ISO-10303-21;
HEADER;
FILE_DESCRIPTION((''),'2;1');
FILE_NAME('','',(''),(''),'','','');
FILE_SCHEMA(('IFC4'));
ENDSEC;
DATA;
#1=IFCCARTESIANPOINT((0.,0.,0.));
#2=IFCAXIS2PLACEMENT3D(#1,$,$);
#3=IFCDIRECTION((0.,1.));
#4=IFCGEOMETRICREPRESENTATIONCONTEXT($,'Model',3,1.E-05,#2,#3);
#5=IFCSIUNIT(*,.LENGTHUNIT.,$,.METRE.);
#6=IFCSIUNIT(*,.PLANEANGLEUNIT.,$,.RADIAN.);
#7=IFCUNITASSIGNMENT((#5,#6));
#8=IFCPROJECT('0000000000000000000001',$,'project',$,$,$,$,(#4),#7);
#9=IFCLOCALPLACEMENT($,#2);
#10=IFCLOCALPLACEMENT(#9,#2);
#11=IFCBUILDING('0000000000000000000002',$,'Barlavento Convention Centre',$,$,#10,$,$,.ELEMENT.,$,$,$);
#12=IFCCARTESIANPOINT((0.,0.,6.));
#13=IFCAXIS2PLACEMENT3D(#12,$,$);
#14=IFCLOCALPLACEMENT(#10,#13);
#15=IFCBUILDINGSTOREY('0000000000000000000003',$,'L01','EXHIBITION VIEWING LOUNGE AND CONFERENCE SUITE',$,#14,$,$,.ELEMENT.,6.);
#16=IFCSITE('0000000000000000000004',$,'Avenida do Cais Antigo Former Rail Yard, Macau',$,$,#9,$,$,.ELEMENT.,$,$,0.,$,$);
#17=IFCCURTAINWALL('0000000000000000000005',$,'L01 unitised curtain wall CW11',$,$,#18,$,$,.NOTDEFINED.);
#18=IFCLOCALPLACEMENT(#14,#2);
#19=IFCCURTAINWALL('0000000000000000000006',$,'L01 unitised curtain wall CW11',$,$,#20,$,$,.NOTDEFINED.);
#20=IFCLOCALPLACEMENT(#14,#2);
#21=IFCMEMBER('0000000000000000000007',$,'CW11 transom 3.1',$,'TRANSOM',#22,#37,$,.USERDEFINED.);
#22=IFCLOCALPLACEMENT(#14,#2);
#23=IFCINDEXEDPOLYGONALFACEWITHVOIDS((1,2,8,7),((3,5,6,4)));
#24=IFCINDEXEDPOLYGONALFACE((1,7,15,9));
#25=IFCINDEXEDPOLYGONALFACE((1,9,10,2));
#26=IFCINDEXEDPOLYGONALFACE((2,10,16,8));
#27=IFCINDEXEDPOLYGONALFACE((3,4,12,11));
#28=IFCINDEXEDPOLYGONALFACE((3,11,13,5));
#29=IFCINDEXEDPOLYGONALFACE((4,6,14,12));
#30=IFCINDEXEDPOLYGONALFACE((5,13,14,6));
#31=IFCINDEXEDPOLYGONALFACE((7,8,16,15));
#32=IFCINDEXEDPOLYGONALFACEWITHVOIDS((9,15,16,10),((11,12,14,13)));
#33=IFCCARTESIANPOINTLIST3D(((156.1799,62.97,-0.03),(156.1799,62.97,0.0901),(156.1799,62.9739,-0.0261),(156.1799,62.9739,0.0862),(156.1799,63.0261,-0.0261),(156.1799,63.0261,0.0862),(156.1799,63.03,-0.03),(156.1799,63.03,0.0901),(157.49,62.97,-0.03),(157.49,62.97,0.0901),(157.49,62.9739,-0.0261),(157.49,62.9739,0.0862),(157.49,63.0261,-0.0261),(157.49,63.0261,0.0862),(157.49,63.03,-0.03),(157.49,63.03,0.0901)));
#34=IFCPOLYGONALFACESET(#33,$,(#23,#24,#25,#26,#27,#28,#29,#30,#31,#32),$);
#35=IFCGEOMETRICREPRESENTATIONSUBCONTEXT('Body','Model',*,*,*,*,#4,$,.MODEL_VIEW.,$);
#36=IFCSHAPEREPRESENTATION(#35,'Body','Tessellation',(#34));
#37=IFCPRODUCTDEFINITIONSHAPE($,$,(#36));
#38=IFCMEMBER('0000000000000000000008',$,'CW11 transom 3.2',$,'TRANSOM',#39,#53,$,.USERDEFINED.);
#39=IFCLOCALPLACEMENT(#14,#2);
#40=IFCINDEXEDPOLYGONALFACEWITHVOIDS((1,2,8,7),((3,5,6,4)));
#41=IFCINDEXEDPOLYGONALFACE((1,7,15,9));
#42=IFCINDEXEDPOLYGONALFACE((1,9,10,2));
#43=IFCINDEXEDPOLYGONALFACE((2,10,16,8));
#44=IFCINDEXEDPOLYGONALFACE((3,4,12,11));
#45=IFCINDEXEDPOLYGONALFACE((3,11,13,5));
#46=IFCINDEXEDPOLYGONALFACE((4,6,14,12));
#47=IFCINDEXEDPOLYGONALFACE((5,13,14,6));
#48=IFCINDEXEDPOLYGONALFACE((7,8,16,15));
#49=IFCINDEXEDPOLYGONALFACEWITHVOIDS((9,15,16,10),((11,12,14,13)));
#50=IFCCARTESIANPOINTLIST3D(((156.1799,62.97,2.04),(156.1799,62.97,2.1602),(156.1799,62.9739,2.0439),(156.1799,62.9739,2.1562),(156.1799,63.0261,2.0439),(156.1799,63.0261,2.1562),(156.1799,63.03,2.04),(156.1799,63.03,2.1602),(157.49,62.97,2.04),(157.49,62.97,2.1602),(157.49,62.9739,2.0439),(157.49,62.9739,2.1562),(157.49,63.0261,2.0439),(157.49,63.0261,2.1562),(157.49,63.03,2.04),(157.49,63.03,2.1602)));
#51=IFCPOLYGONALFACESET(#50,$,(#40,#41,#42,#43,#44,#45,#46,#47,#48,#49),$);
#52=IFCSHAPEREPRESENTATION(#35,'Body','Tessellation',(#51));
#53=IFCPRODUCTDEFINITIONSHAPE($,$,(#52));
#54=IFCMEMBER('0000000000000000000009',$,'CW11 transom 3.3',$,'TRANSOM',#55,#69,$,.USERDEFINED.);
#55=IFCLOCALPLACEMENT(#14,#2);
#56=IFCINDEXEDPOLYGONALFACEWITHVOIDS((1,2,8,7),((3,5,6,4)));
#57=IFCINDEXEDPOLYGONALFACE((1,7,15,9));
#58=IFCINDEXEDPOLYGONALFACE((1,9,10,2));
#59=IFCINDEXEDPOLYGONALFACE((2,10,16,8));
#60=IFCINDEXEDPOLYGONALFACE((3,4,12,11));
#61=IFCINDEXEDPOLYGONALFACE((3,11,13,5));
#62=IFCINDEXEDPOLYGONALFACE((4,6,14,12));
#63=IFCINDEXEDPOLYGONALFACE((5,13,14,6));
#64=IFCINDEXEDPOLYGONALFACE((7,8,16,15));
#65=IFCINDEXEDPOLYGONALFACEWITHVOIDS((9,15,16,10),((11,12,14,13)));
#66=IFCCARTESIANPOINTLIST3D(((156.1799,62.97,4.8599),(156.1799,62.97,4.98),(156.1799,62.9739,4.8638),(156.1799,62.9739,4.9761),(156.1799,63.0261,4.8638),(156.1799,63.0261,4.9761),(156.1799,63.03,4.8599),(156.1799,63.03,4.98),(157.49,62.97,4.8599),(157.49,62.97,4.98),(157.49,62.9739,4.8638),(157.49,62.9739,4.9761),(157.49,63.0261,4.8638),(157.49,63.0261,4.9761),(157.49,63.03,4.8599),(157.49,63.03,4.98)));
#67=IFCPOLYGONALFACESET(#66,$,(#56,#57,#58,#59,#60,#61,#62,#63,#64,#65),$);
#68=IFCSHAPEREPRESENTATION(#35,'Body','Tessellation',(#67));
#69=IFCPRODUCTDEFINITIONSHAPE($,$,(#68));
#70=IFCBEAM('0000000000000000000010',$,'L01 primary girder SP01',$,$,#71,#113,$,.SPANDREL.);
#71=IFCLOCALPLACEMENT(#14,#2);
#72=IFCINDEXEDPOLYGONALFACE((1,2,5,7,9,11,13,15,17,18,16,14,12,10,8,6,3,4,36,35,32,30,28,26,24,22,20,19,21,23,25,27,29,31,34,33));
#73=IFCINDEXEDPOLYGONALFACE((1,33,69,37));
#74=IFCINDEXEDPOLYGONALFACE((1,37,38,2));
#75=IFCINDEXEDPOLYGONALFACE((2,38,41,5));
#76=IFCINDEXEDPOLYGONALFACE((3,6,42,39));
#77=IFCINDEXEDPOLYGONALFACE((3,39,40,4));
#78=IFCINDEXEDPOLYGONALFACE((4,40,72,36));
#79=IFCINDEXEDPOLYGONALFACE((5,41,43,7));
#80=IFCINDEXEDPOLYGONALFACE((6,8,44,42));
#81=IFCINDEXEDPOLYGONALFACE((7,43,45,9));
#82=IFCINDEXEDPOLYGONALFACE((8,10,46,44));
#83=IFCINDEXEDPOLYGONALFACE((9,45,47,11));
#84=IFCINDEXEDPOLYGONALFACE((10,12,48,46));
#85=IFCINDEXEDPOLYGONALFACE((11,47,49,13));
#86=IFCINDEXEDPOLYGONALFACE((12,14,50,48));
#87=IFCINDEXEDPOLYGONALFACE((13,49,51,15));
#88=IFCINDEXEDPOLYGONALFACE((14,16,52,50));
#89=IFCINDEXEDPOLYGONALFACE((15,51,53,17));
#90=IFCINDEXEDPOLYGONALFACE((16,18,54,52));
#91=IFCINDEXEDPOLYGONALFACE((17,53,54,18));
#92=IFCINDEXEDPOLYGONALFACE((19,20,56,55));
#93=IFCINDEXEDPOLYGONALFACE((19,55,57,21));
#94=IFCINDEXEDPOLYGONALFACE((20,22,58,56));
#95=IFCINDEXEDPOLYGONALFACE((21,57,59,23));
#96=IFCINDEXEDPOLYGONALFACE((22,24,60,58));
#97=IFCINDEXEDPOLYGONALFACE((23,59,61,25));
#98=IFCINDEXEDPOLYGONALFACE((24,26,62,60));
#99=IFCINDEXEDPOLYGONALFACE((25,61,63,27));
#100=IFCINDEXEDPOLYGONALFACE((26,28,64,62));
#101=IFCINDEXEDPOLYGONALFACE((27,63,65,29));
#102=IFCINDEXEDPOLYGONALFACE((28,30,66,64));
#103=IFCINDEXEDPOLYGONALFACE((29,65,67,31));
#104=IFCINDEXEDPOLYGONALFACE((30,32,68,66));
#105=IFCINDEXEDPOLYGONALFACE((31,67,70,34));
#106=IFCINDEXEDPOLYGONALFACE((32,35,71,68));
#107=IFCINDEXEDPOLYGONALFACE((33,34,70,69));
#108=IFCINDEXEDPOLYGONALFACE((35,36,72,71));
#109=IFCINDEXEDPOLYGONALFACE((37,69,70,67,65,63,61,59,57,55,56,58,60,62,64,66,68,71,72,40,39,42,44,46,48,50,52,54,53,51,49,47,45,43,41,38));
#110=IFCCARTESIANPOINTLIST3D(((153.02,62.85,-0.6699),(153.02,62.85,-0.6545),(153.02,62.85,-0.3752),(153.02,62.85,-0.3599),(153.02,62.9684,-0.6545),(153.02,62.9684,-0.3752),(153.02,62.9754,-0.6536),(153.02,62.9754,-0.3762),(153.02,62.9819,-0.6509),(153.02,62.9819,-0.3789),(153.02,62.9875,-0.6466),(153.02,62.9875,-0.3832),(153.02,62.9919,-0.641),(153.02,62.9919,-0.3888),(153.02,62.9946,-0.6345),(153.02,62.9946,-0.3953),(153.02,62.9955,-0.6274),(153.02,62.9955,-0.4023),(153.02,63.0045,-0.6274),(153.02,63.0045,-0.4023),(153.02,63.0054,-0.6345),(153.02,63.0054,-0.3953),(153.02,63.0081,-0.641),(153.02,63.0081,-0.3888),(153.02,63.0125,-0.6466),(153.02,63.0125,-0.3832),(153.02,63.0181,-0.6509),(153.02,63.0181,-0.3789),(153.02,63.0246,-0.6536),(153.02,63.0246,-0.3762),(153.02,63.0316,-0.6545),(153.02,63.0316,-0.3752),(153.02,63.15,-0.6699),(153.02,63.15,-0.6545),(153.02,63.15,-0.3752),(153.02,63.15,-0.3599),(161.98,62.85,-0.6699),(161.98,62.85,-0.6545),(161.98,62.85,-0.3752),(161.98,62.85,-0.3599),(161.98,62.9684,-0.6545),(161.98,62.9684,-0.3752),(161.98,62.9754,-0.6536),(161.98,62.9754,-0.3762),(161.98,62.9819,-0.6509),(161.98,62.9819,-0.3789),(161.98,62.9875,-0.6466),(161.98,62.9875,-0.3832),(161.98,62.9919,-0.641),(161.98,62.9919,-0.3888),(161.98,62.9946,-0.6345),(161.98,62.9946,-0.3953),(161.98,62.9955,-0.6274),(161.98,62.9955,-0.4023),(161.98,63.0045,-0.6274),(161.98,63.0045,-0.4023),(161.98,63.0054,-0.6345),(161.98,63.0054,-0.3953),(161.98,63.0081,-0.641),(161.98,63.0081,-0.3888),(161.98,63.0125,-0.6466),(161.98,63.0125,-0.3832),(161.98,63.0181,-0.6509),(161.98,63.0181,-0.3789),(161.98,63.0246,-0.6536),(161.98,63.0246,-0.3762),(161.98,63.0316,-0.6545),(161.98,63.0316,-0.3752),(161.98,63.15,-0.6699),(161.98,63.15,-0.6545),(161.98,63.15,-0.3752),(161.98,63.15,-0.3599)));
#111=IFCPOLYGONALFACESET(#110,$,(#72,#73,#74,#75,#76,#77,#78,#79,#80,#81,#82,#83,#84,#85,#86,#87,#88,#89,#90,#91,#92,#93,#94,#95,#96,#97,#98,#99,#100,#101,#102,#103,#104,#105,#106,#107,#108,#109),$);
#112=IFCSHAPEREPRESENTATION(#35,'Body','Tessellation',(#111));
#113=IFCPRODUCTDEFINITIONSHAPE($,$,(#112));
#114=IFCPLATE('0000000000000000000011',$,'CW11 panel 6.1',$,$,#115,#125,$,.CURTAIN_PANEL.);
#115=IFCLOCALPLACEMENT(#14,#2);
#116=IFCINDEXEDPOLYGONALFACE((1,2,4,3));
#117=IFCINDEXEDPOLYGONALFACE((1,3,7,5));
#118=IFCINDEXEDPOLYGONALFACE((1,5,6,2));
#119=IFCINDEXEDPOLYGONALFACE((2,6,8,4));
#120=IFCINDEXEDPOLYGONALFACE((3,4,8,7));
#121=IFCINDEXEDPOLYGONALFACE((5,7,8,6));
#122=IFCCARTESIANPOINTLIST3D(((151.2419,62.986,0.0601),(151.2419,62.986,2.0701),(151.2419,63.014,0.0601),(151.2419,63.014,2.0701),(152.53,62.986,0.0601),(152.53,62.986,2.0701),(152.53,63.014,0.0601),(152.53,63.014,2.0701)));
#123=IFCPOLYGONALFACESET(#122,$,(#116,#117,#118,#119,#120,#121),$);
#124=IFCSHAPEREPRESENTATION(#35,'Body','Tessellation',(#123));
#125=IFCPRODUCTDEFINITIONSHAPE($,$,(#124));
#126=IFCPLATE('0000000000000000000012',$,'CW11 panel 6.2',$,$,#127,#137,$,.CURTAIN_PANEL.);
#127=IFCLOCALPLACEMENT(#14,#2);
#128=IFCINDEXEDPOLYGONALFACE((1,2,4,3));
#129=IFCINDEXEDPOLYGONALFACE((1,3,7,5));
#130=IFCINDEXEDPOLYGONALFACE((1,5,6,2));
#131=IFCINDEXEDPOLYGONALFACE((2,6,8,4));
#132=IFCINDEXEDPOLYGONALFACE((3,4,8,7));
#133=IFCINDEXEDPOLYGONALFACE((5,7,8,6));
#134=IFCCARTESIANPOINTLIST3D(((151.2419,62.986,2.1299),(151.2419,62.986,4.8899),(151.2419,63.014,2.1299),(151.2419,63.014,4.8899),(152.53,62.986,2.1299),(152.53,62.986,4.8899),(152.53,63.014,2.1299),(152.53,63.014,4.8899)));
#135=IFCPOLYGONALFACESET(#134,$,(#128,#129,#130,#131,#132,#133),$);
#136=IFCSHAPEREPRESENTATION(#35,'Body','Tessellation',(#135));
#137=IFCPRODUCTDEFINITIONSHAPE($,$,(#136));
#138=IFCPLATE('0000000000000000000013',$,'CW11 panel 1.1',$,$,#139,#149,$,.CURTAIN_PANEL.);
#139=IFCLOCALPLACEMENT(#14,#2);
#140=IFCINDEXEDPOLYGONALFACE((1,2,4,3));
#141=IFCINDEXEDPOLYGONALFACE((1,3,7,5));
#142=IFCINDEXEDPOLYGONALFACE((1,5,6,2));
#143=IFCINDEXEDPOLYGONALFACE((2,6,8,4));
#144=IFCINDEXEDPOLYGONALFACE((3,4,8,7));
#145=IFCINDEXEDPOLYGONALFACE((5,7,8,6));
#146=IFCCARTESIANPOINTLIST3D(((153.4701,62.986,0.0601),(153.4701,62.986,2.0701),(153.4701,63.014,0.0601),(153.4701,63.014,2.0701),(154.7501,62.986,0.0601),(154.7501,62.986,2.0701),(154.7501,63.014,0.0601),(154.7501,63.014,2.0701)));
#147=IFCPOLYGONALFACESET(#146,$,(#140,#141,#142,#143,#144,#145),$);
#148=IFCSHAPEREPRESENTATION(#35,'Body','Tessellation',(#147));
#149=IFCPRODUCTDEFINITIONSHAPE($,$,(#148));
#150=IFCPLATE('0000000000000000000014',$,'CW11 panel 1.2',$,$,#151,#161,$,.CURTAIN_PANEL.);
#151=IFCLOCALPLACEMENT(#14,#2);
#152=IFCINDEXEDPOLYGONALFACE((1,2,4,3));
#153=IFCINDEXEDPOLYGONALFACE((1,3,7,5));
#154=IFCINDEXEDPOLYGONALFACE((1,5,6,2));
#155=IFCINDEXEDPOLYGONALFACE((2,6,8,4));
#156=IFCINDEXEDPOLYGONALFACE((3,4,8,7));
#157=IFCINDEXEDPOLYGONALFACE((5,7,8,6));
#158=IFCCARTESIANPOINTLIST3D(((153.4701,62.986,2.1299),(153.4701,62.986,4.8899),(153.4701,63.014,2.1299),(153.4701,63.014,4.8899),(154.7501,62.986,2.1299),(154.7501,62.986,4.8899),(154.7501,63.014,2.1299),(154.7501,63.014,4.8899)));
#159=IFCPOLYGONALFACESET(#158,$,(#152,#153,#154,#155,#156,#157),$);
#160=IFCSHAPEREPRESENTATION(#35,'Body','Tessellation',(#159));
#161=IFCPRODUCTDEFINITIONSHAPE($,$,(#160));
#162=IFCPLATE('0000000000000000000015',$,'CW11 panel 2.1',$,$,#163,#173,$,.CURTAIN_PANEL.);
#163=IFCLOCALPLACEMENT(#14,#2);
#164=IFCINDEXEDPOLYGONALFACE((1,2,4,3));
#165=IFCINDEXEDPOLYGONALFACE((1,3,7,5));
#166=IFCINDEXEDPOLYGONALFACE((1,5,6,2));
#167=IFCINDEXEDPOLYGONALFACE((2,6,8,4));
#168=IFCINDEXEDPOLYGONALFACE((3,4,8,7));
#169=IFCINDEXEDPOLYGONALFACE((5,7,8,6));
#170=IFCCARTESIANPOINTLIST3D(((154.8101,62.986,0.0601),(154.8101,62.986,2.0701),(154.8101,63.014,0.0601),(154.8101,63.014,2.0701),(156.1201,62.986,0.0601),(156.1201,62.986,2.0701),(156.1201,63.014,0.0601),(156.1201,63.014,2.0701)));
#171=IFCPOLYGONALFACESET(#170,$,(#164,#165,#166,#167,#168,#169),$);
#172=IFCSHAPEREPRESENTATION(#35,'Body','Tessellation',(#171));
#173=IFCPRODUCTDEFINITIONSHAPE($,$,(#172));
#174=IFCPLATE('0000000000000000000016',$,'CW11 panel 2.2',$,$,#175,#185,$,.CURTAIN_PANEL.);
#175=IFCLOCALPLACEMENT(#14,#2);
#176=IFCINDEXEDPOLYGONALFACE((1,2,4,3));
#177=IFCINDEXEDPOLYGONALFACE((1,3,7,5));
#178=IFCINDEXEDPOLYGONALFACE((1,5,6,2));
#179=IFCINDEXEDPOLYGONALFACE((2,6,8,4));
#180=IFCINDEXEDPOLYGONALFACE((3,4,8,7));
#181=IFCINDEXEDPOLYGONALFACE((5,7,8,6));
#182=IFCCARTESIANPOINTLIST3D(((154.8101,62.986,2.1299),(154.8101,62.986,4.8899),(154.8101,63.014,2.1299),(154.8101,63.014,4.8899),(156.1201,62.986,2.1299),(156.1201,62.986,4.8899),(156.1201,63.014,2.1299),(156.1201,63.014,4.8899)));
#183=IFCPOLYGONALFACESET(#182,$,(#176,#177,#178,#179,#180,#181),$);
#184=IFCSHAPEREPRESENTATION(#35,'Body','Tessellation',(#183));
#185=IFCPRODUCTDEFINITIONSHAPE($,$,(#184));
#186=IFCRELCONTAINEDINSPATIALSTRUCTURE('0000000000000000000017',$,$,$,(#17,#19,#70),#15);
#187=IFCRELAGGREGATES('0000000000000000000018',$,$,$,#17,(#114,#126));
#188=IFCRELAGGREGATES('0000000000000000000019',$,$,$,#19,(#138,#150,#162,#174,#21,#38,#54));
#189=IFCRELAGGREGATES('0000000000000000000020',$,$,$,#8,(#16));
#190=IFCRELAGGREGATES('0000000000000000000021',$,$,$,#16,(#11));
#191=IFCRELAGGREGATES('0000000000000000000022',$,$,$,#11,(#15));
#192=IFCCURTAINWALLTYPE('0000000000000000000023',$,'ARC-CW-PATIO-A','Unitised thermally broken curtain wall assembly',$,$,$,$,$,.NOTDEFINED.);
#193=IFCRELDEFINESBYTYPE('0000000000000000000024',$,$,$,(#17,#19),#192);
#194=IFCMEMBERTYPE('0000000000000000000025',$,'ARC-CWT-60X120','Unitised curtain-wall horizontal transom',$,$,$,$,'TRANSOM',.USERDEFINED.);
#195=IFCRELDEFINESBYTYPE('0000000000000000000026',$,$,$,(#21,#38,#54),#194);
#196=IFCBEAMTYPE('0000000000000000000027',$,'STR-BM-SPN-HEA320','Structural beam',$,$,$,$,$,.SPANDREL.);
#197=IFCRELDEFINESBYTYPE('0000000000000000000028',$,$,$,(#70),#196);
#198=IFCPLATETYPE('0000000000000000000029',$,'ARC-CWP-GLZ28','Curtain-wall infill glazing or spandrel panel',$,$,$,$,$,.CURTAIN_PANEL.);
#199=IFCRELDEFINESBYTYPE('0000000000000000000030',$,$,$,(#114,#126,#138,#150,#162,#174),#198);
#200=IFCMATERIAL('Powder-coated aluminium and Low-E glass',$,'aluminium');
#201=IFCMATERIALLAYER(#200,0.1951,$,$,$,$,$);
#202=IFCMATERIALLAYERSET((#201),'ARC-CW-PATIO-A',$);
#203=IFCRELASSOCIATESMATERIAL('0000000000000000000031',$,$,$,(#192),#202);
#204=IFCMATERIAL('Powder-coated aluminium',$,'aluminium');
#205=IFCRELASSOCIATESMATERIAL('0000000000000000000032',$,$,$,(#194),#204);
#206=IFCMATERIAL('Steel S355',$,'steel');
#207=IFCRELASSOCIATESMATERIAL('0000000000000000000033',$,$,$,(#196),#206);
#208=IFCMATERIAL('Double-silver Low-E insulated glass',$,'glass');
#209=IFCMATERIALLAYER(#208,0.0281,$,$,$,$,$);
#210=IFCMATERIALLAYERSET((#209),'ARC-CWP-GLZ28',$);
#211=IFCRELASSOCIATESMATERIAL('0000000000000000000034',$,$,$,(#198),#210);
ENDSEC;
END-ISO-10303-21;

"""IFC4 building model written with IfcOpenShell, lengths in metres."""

from ifc_helpers import new_model, si_unit, direction, frame, origin, origin_2d, place, context, subcontext, project, spatial, rectangle, hollow_rectangle, i_section, extrude, material, layer, layer_set, material_profile, profile_set, type_object, element, aggregate, save


model = new_model("IFC4")

# Units and contexts
model_context = context("Model", 3, precision=1e-05, world=origin(), true_north=direction((0.0, 1.0)))
body_context = subcontext(model_context, "Body", "Model", "MODEL_VIEW")
ifc_project = project(units=[si_unit("LENGTHUNIT", "METRE"), si_unit("PLANEANGLEUNIT", "RADIAN")], contexts=[model_context])

# Site, building, storey
site_placement = place(None, origin())
site = spatial("IfcSite", under=ifc_project, at=site_placement, Name="Avenida do Cais Antigo Former Rail Yard, Macau", CompositionType="ELEMENT", RefElevation=0.0)
building_placement = place(site_placement, origin())
building = spatial("IfcBuilding", under=site, at=building_placement, Name="Barlavento Convention Centre", CompositionType="ELEMENT")
storey_placement = place(building_placement, frame((0.0, 0.0, 6.0)))
storey = spatial("IfcBuildingStorey", under=building, at=storey_placement, Name="L01", Description="EXHIBITION VIEWING LOUNGE AND CONFERENCE SUITE", CompositionType="ELEMENT", Elevation=6.0)

# Curtain wall
ifc_material_1 = material(Name="Powder-coated aluminium and Low-E glass", Category="aluminium")
ifc_layer_1 = layer(ifc_material_1, 0.1951)
ifc_layer_set_1 = layer_set([ifc_layer_1], Name="ARC-CW-PATIO-A")
curtain_wall_type = type_object("IfcCurtainWallType", Name="ARC-CW-PATIO-A", Description="Unitised thermally broken curtain wall assembly", PredefinedType="NOTDEFINED", material=ifc_layer_set_1)
curtain_wall_1_placement = place(storey_placement, origin())
curtain_wall_1 = element("IfcCurtainWall", 1, at=curtain_wall_1_placement, inside=storey, type_object=curtain_wall_type, Name="L01 unitised curtain wall CW11", PredefinedType="NOTDEFINED")
ifc_material_2 = material(Name="Powder-coated aluminium", Category="aluminium")

# Curtain wall, members
curtain_wall_2_placement = place(storey_placement, origin())
curtain_wall_2 = element("IfcCurtainWall", 2, at=curtain_wall_2_placement, inside=storey, type_object=curtain_wall_type, Name="L01 unitised curtain wall CW11", PredefinedType="NOTDEFINED")
ifc_material_profile_1 = material_profile(ifc_material_2, hollow_rectangle(XDim=0.0601, YDim=0.1201, WallThickness=0.0039, at=origin_2d()), Name="AL-TRAN 60x120x4")
ifc_profile_set_1 = profile_set([ifc_material_profile_1], Name="Powder-coated aluminium")
member_type_1 = type_object("IfcMemberType", Name="ARC-CWT-60X120", Description="Unitised curtain-wall horizontal transom", ElementType="TRANSOM", PredefinedType="USERDEFINED", material=ifc_profile_set_1)
member_1_placement = place(storey_placement, frame((156.1799, 63.0, 0.03), z_axis=(1.0, 0.0, 0.0), x_axis=(0.0, 1.0, 0.0)))
member_1 = element("IfcMember", 3, at=member_1_placement, type_object=member_type_1, Name="CW11 transom 3.1", ObjectType="TRANSOM", PredefinedType="USERDEFINED", context=body_context, shape_type="SweptSolid", body=[
    extrude(hollow_rectangle(XDim=0.0601, YDim=0.1201, WallThickness=0.0039, at=origin_2d()), origin(), (0.0, 0.0, 1.0), 1.3101),
])
member_2_placement = place(storey_placement, frame((156.1799, 63.0, 2.1001), z_axis=(1.0, 0.0, 0.0), x_axis=(0.0, 1.0, 0.0)))
member_2 = element("IfcMember", 4, at=member_2_placement, type_object=member_type_1, Name="CW11 transom 3.2", ObjectType="TRANSOM", PredefinedType="USERDEFINED", context=body_context, shape_type="SweptSolid", body=[
    extrude(hollow_rectangle(XDim=0.0601, YDim=0.1201, WallThickness=0.0039, at=origin_2d()), origin(), (0.0, 0.0, 1.0), 1.3101),
])
member_3_placement = place(storey_placement, frame((156.1799, 63.0, 4.9199), z_axis=(1.0, 0.0, 0.0), x_axis=(0.0, 1.0, 0.0)))
member_3 = element("IfcMember", 5, at=member_3_placement, type_object=member_type_1, Name="CW11 transom 3.3", ObjectType="TRANSOM", PredefinedType="USERDEFINED", context=body_context, shape_type="SweptSolid", body=[
    extrude(hollow_rectangle(XDim=0.0601, YDim=0.1201, WallThickness=0.0039, at=origin_2d()), origin(), (0.0, 0.0, 1.0), 1.3101),
])

# Beam
ifc_material_3 = material(Name="Steel S355", Category="steel")
ifc_material_profile_2 = material_profile(ifc_material_3, i_section(OverallWidth=0.3, OverallDepth=0.3101, WebThickness=0.009, FlangeThickness=0.0154, FilletRadius=0.0271, at=origin_2d()), Name="HEA 320")
ifc_profile_set_2 = profile_set([ifc_material_profile_2], Name="Steel S355")
beam_type = type_object("IfcBeamType", Name="STR-BM-SPN-HEA320", Description="Structural beam", PredefinedType="SPANDREL", material=ifc_profile_set_2)
beam_placement = place(storey_placement, frame((153.02, 63.0, -0.5149), z_axis=(1.0, 0.0, 0.0), x_axis=(0.0, 1.0, 0.0)))
element("IfcBeam", 6, at=beam_placement, inside=storey, type_object=beam_type, Name="L01 primary girder SP01", PredefinedType="SPANDREL", context=body_context, shape_type="SweptSolid", body=[
    extrude(i_section(OverallWidth=0.3, OverallDepth=0.3101, WebThickness=0.009, FlangeThickness=0.0154, FilletRadius=0.0271, at=origin_2d()), origin(), (0.0, 0.0, 1.0), 8.96),
])

# Plates
ifc_material_4 = material(Name="Double-silver Low-E insulated glass", Category="glass")
ifc_layer_2 = layer(ifc_material_4, 0.0281)
ifc_layer_set_2 = layer_set([ifc_layer_2], Name="ARC-CWP-GLZ28")
plate_type = type_object("IfcPlateType", Name="ARC-CWP-GLZ28", Description="Curtain-wall infill glazing or spandrel panel", PredefinedType="CURTAIN_PANEL", material=ifc_layer_set_2)
plate_1_placement = place(storey_placement, frame((151.886, 63.0, 0.0601), z_axis=(0.0, 0.0, 1.0), x_axis=(1.0, 0.0, 0.0)))
plate_1 = element("IfcPlate", 7, at=plate_1_placement, type_object=plate_type, Name="CW11 panel 6.1", PredefinedType="CURTAIN_PANEL", context=body_context, shape_type="SweptSolid", body=[
    extrude(rectangle(XDim=1.2881, YDim=0.0281, at=origin_2d()), origin(), (0.0, 0.0, 1.0), 2.01),
])
plate_2_placement = place(storey_placement, frame((151.886, 63.0, 2.1299), z_axis=(0.0, 0.0, 1.0), x_axis=(1.0, 0.0, 0.0)))
plate_2 = element("IfcPlate", 8, at=plate_2_placement, type_object=plate_type, Name="CW11 panel 6.2", PredefinedType="CURTAIN_PANEL", context=body_context, shape_type="SweptSolid", body=[
    extrude(rectangle(XDim=1.2881, YDim=0.0281, at=origin_2d()), origin(), (0.0, 0.0, 1.0), 2.76),
])
aggregate(curtain_wall_1, [plate_1, plate_2])
plate_3_placement = place(storey_placement, frame((154.1101, 63.0, 0.0601), z_axis=(0.0, 0.0, 1.0), x_axis=(1.0, 0.0, 0.0)))
plate_3 = element("IfcPlate", 9, at=plate_3_placement, type_object=plate_type, Name="CW11 panel 1.1", PredefinedType="CURTAIN_PANEL", context=body_context, shape_type="SweptSolid", body=[
    extrude(rectangle(XDim=1.28, YDim=0.0281, at=origin_2d()), origin(), (0.0, 0.0, 1.0), 2.01),
])
plate_4_placement = place(storey_placement, frame((154.1101, 63.0, 2.1299), z_axis=(0.0, 0.0, 1.0), x_axis=(1.0, 0.0, 0.0)))
plate_4 = element("IfcPlate", 10, at=plate_4_placement, type_object=plate_type, Name="CW11 panel 1.2", PredefinedType="CURTAIN_PANEL", context=body_context, shape_type="SweptSolid", body=[
    extrude(rectangle(XDim=1.28, YDim=0.0281, at=origin_2d()), origin(), (0.0, 0.0, 1.0), 2.76),
])
plate_5_placement = place(storey_placement, frame((155.4651, 63.0, 0.0601), z_axis=(0.0, 0.0, 1.0), x_axis=(1.0, 0.0, 0.0)))
plate_5 = element("IfcPlate", 11, at=plate_5_placement, type_object=plate_type, Name="CW11 panel 2.1", PredefinedType="CURTAIN_PANEL", context=body_context, shape_type="SweptSolid", body=[
    extrude(rectangle(XDim=1.3101, YDim=0.0281, at=origin_2d()), origin(), (0.0, 0.0, 1.0), 2.01),
])
plate_6_placement = place(storey_placement, frame((155.4651, 63.0, 2.1299), z_axis=(0.0, 0.0, 1.0), x_axis=(1.0, 0.0, 0.0)))
plate_6 = element("IfcPlate", 12, at=plate_6_placement, type_object=plate_type, Name="CW11 panel 2.2", PredefinedType="CURTAIN_PANEL", context=body_context, shape_type="SweptSolid", body=[
    extrude(rectangle(XDim=1.3101, YDim=0.0281, at=origin_2d()), origin(), (0.0, 0.0, 1.0), 2.76),
])
aggregate(curtain_wall_2, [plate_3, plate_4, plate_5, plate_6, member_1, member_2, member_3])

save(model, "model.ifc")
